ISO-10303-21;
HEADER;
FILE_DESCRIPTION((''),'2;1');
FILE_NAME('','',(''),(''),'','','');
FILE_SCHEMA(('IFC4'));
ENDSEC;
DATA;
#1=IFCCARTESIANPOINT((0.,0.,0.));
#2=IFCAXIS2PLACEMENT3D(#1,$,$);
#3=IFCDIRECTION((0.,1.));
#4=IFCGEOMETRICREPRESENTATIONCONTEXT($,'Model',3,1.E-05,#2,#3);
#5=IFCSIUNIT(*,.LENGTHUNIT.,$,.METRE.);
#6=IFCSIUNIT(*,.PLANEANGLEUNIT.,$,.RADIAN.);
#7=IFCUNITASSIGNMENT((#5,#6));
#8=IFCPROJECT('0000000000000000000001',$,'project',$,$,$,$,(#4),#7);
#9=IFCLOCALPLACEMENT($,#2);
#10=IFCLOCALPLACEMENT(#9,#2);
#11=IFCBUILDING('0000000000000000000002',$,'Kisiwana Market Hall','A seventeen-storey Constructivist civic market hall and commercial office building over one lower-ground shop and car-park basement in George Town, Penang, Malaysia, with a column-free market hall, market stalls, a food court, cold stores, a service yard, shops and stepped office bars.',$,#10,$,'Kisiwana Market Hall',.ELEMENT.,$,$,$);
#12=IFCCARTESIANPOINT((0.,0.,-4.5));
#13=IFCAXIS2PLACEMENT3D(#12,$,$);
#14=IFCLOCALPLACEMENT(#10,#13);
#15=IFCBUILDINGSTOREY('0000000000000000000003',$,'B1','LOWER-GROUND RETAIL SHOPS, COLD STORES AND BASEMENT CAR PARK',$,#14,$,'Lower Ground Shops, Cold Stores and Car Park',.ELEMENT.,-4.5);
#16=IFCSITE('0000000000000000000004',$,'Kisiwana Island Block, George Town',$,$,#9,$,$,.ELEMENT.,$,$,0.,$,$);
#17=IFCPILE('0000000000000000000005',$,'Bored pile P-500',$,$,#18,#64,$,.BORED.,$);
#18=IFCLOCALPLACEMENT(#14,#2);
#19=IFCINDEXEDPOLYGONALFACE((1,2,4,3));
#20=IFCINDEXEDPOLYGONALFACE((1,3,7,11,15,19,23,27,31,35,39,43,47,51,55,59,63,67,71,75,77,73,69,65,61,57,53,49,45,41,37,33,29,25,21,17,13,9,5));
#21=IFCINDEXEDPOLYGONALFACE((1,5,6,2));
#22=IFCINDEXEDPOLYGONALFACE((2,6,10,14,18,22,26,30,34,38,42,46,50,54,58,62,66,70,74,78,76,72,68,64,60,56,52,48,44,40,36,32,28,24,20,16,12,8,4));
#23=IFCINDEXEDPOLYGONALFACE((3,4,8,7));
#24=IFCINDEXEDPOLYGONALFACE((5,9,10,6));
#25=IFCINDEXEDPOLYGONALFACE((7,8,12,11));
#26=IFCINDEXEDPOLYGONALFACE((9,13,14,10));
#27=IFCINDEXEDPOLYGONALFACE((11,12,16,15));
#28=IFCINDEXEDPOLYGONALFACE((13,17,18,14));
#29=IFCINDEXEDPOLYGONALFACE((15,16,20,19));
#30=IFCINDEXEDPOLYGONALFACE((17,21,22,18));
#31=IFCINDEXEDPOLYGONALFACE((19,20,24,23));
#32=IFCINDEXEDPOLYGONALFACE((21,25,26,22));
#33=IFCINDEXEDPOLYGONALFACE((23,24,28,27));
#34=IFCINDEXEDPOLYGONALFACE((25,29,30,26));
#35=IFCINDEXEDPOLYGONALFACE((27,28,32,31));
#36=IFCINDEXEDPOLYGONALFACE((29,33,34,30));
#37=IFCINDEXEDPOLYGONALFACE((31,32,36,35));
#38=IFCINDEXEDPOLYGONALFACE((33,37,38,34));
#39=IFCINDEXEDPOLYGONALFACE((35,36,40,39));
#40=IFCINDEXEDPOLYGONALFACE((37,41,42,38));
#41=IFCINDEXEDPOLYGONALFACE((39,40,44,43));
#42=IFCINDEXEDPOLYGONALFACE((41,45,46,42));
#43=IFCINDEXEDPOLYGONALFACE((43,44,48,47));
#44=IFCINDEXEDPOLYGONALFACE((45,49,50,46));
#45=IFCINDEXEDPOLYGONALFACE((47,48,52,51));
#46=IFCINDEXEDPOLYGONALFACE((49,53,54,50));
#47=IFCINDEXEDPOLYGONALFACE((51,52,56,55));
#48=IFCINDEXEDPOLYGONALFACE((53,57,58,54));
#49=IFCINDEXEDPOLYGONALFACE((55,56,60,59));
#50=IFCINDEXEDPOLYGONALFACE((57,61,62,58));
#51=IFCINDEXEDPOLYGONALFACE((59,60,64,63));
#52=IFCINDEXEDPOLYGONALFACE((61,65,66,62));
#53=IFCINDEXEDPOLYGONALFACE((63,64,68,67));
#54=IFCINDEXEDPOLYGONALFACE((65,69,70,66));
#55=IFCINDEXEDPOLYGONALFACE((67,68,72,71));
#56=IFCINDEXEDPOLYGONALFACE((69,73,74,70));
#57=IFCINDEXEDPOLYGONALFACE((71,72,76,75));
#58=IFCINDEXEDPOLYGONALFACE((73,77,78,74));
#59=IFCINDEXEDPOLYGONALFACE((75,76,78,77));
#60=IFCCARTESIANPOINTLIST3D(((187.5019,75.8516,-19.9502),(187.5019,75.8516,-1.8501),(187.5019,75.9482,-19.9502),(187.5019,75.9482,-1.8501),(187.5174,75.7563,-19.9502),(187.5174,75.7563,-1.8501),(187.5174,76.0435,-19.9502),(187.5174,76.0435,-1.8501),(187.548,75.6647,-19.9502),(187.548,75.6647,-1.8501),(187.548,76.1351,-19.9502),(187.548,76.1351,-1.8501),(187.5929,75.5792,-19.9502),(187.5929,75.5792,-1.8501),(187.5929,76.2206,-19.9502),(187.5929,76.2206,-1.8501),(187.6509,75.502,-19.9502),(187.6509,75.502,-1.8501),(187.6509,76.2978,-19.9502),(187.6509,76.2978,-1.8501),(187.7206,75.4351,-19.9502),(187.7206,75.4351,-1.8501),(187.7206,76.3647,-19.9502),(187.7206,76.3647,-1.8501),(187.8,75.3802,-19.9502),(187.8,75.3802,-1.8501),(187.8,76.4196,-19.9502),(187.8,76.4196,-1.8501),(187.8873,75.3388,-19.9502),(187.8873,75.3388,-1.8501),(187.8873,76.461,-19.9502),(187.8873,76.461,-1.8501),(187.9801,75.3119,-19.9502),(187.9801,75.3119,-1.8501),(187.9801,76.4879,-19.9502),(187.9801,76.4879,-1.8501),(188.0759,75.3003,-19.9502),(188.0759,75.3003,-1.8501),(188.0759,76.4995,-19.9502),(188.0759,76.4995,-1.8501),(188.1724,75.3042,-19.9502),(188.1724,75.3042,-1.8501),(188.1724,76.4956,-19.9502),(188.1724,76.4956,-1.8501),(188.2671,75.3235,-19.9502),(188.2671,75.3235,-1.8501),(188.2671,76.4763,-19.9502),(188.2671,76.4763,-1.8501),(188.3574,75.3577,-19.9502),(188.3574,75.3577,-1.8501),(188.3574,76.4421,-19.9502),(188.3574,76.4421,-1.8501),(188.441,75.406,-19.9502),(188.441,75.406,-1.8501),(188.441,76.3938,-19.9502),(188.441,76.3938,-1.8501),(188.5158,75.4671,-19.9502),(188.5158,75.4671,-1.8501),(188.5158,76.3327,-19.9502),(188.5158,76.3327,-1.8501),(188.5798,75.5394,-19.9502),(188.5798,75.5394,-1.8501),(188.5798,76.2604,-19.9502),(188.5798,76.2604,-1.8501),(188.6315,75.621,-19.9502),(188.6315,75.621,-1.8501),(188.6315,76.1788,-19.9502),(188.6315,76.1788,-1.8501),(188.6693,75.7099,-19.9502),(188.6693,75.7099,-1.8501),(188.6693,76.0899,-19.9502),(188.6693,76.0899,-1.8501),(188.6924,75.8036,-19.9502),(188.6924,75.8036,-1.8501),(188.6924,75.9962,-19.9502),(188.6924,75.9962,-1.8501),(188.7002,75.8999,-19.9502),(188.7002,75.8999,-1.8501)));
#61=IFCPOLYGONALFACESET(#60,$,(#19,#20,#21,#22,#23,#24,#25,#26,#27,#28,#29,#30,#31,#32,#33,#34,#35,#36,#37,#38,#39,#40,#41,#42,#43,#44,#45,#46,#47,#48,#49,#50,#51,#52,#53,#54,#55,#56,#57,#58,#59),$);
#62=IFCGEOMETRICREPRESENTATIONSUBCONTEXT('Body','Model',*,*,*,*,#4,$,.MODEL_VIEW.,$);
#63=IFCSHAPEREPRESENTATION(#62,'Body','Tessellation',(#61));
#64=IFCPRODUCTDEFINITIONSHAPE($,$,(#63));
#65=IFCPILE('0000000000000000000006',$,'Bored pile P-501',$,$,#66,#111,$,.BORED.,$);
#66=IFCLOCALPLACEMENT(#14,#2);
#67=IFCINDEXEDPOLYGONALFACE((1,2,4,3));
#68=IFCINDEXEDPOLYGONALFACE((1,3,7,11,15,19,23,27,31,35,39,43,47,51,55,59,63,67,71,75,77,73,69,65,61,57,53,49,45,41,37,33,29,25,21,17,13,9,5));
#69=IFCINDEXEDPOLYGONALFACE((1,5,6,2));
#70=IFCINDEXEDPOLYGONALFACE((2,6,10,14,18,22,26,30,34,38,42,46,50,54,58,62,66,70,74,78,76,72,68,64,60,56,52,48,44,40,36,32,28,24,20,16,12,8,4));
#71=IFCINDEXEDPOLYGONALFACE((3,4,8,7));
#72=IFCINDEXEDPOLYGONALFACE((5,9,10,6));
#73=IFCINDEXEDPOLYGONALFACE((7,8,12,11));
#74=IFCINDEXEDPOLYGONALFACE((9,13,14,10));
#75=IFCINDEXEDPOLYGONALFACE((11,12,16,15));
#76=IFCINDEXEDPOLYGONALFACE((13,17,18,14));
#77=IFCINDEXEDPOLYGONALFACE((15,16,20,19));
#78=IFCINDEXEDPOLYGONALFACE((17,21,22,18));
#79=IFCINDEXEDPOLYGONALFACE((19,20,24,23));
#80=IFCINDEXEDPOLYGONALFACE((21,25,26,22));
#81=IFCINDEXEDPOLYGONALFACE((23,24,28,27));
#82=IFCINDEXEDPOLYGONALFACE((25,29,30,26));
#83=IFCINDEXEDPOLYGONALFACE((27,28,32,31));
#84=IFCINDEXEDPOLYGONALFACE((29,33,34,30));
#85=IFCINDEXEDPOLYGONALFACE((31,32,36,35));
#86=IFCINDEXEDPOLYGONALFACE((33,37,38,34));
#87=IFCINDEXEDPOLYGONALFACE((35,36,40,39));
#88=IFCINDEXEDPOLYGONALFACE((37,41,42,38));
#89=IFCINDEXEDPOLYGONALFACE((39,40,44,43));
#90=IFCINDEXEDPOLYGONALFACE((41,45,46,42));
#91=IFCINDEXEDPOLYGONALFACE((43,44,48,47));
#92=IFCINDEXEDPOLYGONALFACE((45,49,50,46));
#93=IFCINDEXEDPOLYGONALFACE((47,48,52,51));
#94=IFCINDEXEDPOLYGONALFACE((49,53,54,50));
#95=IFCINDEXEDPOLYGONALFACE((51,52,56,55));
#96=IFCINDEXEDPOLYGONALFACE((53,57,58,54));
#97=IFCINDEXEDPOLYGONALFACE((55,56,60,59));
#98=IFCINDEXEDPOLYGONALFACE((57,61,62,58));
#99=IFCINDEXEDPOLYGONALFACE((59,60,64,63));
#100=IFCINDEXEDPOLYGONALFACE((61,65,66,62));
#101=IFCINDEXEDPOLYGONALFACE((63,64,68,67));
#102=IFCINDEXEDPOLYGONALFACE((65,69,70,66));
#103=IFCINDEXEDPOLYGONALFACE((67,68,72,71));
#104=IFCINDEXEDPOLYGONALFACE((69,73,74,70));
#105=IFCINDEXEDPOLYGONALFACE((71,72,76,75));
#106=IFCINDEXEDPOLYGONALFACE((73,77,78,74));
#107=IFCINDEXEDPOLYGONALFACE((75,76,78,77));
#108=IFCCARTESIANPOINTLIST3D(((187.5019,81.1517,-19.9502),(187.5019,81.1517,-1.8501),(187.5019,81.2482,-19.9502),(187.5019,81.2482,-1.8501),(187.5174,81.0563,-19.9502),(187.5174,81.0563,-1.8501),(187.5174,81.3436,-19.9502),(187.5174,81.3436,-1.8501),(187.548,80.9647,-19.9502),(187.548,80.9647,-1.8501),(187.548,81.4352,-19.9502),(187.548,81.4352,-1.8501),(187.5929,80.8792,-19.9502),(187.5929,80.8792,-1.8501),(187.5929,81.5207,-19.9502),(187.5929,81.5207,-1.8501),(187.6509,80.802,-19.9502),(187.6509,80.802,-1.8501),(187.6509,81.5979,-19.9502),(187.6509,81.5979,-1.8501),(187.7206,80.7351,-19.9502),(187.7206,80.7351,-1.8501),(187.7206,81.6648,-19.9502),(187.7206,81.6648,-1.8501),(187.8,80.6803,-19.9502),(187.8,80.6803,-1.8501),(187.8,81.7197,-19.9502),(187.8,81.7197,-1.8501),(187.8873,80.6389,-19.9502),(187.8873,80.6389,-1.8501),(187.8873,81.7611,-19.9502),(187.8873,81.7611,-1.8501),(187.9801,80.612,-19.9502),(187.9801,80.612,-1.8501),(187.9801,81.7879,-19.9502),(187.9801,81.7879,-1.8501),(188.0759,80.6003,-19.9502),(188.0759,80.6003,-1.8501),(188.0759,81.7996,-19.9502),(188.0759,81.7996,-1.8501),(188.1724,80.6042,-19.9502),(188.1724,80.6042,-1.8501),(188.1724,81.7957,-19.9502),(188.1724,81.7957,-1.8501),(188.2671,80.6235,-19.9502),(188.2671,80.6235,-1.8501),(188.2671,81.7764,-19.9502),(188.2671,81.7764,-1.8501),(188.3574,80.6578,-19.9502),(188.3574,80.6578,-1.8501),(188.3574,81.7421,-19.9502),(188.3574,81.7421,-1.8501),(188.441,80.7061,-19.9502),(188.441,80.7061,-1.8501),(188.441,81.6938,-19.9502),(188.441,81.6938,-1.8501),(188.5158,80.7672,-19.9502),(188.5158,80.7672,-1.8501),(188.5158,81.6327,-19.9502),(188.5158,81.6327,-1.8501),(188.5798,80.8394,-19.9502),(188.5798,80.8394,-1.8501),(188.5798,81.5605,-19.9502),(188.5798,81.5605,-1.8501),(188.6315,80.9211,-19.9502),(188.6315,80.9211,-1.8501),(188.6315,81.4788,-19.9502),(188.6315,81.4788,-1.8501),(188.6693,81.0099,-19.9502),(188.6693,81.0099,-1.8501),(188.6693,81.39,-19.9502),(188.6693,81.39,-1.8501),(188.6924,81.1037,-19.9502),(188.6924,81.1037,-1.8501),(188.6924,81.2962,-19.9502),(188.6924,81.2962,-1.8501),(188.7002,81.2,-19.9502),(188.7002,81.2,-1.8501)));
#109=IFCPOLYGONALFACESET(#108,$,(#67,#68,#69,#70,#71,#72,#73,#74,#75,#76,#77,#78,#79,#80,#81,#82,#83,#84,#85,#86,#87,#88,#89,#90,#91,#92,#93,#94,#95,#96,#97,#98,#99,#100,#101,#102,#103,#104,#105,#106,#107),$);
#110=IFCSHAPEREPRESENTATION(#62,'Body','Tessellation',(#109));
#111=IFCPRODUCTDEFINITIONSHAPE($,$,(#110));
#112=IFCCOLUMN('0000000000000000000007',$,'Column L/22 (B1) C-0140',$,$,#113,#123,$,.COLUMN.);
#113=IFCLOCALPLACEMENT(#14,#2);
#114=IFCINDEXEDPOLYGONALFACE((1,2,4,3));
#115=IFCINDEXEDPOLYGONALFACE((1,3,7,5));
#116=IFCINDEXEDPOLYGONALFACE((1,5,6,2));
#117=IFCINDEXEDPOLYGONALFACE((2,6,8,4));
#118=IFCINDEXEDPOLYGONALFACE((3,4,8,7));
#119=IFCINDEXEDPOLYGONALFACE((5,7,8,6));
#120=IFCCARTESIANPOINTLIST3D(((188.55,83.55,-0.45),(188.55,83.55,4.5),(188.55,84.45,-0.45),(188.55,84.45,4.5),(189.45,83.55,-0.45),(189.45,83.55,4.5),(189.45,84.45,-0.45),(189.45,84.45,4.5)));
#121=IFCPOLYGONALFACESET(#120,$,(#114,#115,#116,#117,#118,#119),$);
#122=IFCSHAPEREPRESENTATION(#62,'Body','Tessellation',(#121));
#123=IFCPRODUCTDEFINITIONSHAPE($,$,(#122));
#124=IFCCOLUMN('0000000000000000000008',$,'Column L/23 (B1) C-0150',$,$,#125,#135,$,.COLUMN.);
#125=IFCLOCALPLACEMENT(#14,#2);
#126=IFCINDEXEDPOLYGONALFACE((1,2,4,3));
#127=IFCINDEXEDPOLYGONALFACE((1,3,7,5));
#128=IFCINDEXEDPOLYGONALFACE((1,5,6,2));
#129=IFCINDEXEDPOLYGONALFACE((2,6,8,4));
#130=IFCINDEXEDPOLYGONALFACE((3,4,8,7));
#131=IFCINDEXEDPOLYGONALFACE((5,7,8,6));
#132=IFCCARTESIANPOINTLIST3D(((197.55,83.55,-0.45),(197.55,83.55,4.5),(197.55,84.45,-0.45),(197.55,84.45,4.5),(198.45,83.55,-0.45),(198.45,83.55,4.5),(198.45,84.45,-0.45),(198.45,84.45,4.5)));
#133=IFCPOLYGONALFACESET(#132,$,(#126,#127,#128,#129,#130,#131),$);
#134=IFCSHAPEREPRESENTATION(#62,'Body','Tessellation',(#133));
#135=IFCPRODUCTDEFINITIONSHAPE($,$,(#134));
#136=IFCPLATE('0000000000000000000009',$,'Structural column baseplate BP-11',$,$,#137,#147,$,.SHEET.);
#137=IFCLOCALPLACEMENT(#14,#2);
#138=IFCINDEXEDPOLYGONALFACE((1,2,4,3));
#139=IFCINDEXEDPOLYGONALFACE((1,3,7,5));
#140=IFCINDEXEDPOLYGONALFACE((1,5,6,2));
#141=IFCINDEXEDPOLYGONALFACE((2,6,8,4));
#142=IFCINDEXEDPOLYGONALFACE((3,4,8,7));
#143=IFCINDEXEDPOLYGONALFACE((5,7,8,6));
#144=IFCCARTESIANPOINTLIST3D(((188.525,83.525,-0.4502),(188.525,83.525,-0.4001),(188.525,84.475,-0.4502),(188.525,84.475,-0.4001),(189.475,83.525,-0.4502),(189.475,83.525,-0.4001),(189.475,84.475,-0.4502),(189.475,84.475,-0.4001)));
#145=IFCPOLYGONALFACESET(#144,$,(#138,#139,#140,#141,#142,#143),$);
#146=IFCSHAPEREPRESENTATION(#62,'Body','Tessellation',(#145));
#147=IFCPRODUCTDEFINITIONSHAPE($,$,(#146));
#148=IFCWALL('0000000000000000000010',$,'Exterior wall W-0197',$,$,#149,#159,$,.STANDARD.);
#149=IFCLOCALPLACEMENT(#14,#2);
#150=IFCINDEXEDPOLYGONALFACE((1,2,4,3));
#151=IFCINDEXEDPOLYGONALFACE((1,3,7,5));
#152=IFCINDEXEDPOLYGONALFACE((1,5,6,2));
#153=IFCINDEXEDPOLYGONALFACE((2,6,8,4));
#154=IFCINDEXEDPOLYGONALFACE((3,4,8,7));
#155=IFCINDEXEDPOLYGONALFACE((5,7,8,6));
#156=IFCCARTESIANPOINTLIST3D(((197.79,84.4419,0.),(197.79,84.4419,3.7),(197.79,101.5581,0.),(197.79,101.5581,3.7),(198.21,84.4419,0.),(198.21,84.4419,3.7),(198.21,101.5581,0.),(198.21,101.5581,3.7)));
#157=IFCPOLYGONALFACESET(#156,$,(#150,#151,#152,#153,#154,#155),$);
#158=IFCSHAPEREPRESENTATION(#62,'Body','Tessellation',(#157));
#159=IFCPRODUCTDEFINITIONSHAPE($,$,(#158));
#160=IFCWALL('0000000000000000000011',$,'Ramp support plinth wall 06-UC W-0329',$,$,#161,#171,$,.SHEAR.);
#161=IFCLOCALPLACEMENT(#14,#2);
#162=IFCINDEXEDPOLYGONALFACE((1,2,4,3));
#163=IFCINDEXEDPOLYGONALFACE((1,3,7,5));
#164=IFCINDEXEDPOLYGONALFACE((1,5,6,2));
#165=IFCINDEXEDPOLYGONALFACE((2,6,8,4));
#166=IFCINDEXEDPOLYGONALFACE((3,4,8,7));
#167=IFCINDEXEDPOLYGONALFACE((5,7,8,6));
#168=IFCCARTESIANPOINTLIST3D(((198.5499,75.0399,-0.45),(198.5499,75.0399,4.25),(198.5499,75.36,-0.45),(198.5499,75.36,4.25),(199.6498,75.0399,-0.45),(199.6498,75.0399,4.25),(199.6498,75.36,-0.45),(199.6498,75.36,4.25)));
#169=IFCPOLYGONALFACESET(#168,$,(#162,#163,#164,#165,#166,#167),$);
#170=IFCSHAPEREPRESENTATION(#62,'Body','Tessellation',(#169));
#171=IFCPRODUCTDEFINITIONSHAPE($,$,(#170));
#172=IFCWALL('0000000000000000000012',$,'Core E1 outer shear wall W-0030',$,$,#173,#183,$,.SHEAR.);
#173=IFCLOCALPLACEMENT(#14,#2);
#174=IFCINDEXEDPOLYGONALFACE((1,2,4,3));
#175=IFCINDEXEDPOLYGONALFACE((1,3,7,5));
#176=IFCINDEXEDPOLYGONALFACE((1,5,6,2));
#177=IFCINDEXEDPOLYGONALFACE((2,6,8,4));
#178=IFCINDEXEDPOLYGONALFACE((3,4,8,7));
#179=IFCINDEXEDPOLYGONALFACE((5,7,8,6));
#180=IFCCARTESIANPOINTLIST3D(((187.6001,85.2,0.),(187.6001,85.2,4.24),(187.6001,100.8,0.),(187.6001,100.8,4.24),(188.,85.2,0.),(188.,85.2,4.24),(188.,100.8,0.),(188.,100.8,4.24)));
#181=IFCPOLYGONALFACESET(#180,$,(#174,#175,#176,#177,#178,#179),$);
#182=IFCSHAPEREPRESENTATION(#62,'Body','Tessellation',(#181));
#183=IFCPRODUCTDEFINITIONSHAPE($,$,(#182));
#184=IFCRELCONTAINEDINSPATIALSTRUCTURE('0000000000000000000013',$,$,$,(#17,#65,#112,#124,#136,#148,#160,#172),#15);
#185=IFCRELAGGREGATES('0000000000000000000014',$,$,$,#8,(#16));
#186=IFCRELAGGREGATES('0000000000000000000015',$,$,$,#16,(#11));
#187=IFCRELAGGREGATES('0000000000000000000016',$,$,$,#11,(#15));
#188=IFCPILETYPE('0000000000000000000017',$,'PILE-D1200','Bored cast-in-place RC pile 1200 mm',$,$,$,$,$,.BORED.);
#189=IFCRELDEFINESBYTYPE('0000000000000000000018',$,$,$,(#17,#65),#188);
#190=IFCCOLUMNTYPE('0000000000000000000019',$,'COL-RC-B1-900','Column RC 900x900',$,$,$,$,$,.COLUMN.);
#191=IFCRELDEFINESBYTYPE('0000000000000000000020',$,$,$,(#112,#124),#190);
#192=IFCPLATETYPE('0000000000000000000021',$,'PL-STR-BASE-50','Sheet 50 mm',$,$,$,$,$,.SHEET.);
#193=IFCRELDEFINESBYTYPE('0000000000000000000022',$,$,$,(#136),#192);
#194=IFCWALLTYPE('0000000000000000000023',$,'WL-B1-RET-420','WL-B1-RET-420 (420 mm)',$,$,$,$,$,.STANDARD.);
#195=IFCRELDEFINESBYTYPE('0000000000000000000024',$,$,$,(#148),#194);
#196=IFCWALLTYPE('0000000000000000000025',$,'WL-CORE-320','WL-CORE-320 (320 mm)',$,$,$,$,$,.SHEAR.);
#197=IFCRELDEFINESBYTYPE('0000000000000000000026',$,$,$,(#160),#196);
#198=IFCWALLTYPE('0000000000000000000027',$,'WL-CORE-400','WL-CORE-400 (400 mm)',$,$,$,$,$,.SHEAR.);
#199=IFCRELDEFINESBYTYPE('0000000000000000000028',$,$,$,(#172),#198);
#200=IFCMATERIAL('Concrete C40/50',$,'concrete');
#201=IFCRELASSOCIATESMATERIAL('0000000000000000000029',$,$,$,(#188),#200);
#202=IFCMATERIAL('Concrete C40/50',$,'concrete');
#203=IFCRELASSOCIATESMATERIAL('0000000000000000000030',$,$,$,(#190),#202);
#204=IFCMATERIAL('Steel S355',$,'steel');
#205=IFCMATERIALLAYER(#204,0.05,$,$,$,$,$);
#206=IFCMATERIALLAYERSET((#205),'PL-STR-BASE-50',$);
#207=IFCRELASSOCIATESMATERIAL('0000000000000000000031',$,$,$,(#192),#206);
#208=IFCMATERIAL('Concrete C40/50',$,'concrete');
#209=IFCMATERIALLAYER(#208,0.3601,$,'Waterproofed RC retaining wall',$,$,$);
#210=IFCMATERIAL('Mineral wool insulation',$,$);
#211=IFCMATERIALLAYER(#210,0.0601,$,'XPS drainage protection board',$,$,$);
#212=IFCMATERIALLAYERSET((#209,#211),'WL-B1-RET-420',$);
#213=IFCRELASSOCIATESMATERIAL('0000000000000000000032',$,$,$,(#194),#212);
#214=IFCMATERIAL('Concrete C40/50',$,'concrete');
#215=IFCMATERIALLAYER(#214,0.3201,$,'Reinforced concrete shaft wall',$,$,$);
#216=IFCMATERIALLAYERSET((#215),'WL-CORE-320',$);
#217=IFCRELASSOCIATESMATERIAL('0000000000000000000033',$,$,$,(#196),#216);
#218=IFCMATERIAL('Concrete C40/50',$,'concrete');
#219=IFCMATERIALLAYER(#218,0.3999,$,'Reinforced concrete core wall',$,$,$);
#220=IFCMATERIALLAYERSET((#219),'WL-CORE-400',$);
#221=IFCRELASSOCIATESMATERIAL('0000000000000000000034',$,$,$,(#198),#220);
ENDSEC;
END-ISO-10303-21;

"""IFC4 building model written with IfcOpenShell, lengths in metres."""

from ifc_helpers import new_model, si_unit, direction, frame, frame_2d, origin, origin_2d, place, context, subcontext, project, spatial, rectangle, circle, extrude, material, layer, layer_set, material_profile, profile_set, type_object, element, save


model = new_model("IFC4")

# Units and contexts
model_context = context("Model", 3, precision=1e-05, world=origin(), true_north=direction((0.0, 1.0)))
body_context = subcontext(model_context, "Body", "Model", "MODEL_VIEW")
ifc_project = project(units=[si_unit("LENGTHUNIT", "METRE"), si_unit("PLANEANGLEUNIT", "RADIAN")], contexts=[model_context])

# Site, building, storey
site_placement = place(None, origin())
site = spatial("IfcSite", under=ifc_project, at=site_placement, Name="Kisiwana Island Block, George Town", CompositionType="ELEMENT", RefElevation=0.0)
building_placement = place(site_placement, origin())
building = spatial("IfcBuilding", under=site, at=building_placement, Name="Kisiwana Market Hall", Description="A seventeen-storey Constructivist civic market hall and commercial office building over one lower-ground shop and car-park basement in George Town, Penang, Malaysia, with a column-free market hall, market stalls, a food court, cold stores, a service yard, shops and stepped office bars.", LongName="Kisiwana Market Hall", CompositionType="ELEMENT")
storey_placement = place(building_placement, frame((0.0, 0.0, -4.5)))
storey = spatial("IfcBuildingStorey", under=building, at=storey_placement, Name="B1", Description="LOWER-GROUND RETAIL SHOPS, COLD STORES AND BASEMENT CAR PARK", LongName="Lower Ground Shops, Cold Stores and Car Park", CompositionType="ELEMENT", Elevation=-4.5)

# Piles
ifc_material_1 = material(Name="Concrete C40/50", Category="concrete")
ifc_material_profile_1 = material_profile(ifc_material_1, circle(Radius=0.6001, at=origin_2d()), Name="BP D1200")
ifc_profile_set_1 = profile_set([ifc_material_profile_1], Name="Concrete C40/50")
pile_type_1 = type_object("IfcPileType", Name="PILE-D1200", Description="Bored cast-in-place RC pile 1200 mm", PredefinedType="BORED", material=ifc_profile_set_1)
for number, where, z_axis, x_axis, name in (
    (1, (188.1001, 75.8999, -1.8501), (0.0, 0.0, -1.0), (1.0, 0.0, 0.0), "Bored pile P-500"),
    (2, (188.1001, 81.2, -1.8501), (0.0, 0.0, -1.0), (1.0, 0.0, 0.0), "Bored pile P-501"),
):
    element("IfcPile", number, at=place(storey_placement, frame(where, z_axis=z_axis, x_axis=x_axis)), inside=storey, type_object=pile_type_1, Name=name, PredefinedType="BORED", context=body_context, shape_type="SweptSolid", body=[
        extrude(circle(Radius=0.6001, at=origin_2d()), origin(), (0.0, 0.0, 1.0), 18.1001),
    ])

# Columns
ifc_material_2 = material(Name="Concrete C40/50", Category="concrete")
ifc_material_profile_2 = material_profile(ifc_material_2, rectangle(XDim=0.8999, YDim=0.8999, at=origin_2d()), Name="RC 900x900")
ifc_profile_set_2 = profile_set([ifc_material_profile_2], Name="Concrete C40/50")
column_type = type_object("IfcColumnType", Name="COL-RC-B1-900", Description="Column RC 900x900", PredefinedType="COLUMN", material=ifc_profile_set_2)
for number, where, z_axis, x_axis, name in (
    (3, (189.0, 84.0, -0.45), (0.0, 0.0, 1.0), (1.0, 0.0, 0.0), "Column L/22 (B1) C-0140"),
    (4, (198.0, 84.0, -0.45), (0.0, 0.0, 1.0), (1.0, 0.0, 0.0), "Column L/23 (B1) C-0150"),
):
    element("IfcColumn", number, at=place(storey_placement, frame(where, z_axis=z_axis, x_axis=x_axis)), inside=storey, type_object=column_type, Name=name, PredefinedType="COLUMN", context=body_context, shape_type="SweptSolid", body=[
        extrude(rectangle(XDim=0.8999, YDim=0.8999, at=origin_2d()), origin(), (0.0, 0.0, 1.0), 4.95),
    ])

# Plate
ifc_material_3 = material(Name="Steel S355", Category="steel")
ifc_layer_1 = layer(ifc_material_3, 0.05)
ifc_layer_set_1 = layer_set([ifc_layer_1], Name="PL-STR-BASE-50")
plate_type = type_object("IfcPlateType", Name="PL-STR-BASE-50", Description="Sheet 50 mm", PredefinedType="SHEET", material=ifc_layer_set_1)
plate_placement = place(storey_placement, frame((189.0, 84.0, -0.4502), z_axis=(0.0, 0.0, 1.0), x_axis=(1.0, 0.0, 0.0)))
element("IfcPlate", 5, at=plate_placement, inside=storey, type_object=plate_type, Name="Structural column baseplate BP-11", PredefinedType="SHEET", context=body_context, shape_type="SweptSolid", body=[
    extrude(rectangle(XDim=0.95, YDim=0.95, at=origin_2d()), origin(), (0.0, 0.0, 1.0), 0.05),
])

# Walls
ifc_material_4 = material(Name="Concrete C40/50", Category="concrete")
ifc_layer_2 = layer(ifc_material_4, 0.3601, Name="Waterproofed RC retaining wall")
ifc_material_5 = material(Name="Mineral wool insulation")
ifc_layer_3 = layer(ifc_material_5, 0.0601, Name="XPS drainage protection board")
ifc_layer_set_2 = layer_set([ifc_layer_2, ifc_layer_3], Name="WL-B1-RET-420")
wall_type_1 = type_object("IfcWallType", Name="WL-B1-RET-420", Description="WL-B1-RET-420 (420 mm)", PredefinedType="STANDARD", material=ifc_layer_set_2)
wall_1_placement = place(storey_placement, frame((198.0, 84.4419, 0.0), z_axis=(0.0, 0.0, 1.0), x_axis=(0.0, 1.0, 0.0)))
element("IfcWall", 6, at=wall_1_placement, inside=storey, type_object=wall_type_1, Name="Exterior wall W-0197", PredefinedType="STANDARD", context=body_context, shape_type="SweptSolid", body=[
    extrude(rectangle(XDim=17.1162, YDim=0.4199, at=frame_2d((8.5581, 0.0))), origin(), (0.0, 0.0, 1.0), 3.7),
])
ifc_material_6 = material(Name="Concrete C40/50", Category="concrete")
ifc_layer_4 = layer(ifc_material_6, 0.3201, Name="Reinforced concrete shaft wall")
ifc_layer_set_3 = layer_set([ifc_layer_4], Name="WL-CORE-320")
wall_type_2 = type_object("IfcWallType", Name="WL-CORE-320", Description="WL-CORE-320 (320 mm)", PredefinedType="SHEAR", material=ifc_layer_set_3)
wall_2_placement = place(storey_placement, frame((198.55, 75.2, -0.45), z_axis=(0.0, 0.0, 1.0), x_axis=(1.0, 0.0, 0.0)))
element("IfcWall", 7, at=wall_2_placement, inside=storey, type_object=wall_type_2, Name="Ramp support plinth wall 06-UC W-0329", PredefinedType="SHEAR", context=body_context, shape_type="SweptSolid", body=[
    extrude(rectangle(XDim=1.0999, YDim=0.3201, at=frame_2d((0.5498, 0.0))), origin(), (0.0, 0.0, 1.0), 4.7),
])
ifc_material_7 = material(Name="Concrete C40/50", Category="concrete")
ifc_layer_5 = layer(ifc_material_7, 0.3999, Name="Reinforced concrete core wall")
ifc_layer_set_4 = layer_set([ifc_layer_5], Name="WL-CORE-400")
wall_type_3 = type_object("IfcWallType", Name="WL-CORE-400", Description="WL-CORE-400 (400 mm)", PredefinedType="SHEAR", material=ifc_layer_set_4)
wall_3_placement = place(storey_placement, frame((187.8, 85.2, 0.0), z_axis=(0.0, 0.0, 1.0), x_axis=(0.0, 1.0, 0.0)))
element("IfcWall", 8, at=wall_3_placement, inside=storey, type_object=wall_type_3, Name="Core E1 outer shear wall W-0030", PredefinedType="SHEAR", context=body_context, shape_type="SweptSolid", body=[
    extrude(rectangle(XDim=15.6001, YDim=0.3999, at=frame_2d((7.8, 0.0))), origin(), (0.0, 0.0, 1.0), 4.24),
])

save(model, "model.ifc")
